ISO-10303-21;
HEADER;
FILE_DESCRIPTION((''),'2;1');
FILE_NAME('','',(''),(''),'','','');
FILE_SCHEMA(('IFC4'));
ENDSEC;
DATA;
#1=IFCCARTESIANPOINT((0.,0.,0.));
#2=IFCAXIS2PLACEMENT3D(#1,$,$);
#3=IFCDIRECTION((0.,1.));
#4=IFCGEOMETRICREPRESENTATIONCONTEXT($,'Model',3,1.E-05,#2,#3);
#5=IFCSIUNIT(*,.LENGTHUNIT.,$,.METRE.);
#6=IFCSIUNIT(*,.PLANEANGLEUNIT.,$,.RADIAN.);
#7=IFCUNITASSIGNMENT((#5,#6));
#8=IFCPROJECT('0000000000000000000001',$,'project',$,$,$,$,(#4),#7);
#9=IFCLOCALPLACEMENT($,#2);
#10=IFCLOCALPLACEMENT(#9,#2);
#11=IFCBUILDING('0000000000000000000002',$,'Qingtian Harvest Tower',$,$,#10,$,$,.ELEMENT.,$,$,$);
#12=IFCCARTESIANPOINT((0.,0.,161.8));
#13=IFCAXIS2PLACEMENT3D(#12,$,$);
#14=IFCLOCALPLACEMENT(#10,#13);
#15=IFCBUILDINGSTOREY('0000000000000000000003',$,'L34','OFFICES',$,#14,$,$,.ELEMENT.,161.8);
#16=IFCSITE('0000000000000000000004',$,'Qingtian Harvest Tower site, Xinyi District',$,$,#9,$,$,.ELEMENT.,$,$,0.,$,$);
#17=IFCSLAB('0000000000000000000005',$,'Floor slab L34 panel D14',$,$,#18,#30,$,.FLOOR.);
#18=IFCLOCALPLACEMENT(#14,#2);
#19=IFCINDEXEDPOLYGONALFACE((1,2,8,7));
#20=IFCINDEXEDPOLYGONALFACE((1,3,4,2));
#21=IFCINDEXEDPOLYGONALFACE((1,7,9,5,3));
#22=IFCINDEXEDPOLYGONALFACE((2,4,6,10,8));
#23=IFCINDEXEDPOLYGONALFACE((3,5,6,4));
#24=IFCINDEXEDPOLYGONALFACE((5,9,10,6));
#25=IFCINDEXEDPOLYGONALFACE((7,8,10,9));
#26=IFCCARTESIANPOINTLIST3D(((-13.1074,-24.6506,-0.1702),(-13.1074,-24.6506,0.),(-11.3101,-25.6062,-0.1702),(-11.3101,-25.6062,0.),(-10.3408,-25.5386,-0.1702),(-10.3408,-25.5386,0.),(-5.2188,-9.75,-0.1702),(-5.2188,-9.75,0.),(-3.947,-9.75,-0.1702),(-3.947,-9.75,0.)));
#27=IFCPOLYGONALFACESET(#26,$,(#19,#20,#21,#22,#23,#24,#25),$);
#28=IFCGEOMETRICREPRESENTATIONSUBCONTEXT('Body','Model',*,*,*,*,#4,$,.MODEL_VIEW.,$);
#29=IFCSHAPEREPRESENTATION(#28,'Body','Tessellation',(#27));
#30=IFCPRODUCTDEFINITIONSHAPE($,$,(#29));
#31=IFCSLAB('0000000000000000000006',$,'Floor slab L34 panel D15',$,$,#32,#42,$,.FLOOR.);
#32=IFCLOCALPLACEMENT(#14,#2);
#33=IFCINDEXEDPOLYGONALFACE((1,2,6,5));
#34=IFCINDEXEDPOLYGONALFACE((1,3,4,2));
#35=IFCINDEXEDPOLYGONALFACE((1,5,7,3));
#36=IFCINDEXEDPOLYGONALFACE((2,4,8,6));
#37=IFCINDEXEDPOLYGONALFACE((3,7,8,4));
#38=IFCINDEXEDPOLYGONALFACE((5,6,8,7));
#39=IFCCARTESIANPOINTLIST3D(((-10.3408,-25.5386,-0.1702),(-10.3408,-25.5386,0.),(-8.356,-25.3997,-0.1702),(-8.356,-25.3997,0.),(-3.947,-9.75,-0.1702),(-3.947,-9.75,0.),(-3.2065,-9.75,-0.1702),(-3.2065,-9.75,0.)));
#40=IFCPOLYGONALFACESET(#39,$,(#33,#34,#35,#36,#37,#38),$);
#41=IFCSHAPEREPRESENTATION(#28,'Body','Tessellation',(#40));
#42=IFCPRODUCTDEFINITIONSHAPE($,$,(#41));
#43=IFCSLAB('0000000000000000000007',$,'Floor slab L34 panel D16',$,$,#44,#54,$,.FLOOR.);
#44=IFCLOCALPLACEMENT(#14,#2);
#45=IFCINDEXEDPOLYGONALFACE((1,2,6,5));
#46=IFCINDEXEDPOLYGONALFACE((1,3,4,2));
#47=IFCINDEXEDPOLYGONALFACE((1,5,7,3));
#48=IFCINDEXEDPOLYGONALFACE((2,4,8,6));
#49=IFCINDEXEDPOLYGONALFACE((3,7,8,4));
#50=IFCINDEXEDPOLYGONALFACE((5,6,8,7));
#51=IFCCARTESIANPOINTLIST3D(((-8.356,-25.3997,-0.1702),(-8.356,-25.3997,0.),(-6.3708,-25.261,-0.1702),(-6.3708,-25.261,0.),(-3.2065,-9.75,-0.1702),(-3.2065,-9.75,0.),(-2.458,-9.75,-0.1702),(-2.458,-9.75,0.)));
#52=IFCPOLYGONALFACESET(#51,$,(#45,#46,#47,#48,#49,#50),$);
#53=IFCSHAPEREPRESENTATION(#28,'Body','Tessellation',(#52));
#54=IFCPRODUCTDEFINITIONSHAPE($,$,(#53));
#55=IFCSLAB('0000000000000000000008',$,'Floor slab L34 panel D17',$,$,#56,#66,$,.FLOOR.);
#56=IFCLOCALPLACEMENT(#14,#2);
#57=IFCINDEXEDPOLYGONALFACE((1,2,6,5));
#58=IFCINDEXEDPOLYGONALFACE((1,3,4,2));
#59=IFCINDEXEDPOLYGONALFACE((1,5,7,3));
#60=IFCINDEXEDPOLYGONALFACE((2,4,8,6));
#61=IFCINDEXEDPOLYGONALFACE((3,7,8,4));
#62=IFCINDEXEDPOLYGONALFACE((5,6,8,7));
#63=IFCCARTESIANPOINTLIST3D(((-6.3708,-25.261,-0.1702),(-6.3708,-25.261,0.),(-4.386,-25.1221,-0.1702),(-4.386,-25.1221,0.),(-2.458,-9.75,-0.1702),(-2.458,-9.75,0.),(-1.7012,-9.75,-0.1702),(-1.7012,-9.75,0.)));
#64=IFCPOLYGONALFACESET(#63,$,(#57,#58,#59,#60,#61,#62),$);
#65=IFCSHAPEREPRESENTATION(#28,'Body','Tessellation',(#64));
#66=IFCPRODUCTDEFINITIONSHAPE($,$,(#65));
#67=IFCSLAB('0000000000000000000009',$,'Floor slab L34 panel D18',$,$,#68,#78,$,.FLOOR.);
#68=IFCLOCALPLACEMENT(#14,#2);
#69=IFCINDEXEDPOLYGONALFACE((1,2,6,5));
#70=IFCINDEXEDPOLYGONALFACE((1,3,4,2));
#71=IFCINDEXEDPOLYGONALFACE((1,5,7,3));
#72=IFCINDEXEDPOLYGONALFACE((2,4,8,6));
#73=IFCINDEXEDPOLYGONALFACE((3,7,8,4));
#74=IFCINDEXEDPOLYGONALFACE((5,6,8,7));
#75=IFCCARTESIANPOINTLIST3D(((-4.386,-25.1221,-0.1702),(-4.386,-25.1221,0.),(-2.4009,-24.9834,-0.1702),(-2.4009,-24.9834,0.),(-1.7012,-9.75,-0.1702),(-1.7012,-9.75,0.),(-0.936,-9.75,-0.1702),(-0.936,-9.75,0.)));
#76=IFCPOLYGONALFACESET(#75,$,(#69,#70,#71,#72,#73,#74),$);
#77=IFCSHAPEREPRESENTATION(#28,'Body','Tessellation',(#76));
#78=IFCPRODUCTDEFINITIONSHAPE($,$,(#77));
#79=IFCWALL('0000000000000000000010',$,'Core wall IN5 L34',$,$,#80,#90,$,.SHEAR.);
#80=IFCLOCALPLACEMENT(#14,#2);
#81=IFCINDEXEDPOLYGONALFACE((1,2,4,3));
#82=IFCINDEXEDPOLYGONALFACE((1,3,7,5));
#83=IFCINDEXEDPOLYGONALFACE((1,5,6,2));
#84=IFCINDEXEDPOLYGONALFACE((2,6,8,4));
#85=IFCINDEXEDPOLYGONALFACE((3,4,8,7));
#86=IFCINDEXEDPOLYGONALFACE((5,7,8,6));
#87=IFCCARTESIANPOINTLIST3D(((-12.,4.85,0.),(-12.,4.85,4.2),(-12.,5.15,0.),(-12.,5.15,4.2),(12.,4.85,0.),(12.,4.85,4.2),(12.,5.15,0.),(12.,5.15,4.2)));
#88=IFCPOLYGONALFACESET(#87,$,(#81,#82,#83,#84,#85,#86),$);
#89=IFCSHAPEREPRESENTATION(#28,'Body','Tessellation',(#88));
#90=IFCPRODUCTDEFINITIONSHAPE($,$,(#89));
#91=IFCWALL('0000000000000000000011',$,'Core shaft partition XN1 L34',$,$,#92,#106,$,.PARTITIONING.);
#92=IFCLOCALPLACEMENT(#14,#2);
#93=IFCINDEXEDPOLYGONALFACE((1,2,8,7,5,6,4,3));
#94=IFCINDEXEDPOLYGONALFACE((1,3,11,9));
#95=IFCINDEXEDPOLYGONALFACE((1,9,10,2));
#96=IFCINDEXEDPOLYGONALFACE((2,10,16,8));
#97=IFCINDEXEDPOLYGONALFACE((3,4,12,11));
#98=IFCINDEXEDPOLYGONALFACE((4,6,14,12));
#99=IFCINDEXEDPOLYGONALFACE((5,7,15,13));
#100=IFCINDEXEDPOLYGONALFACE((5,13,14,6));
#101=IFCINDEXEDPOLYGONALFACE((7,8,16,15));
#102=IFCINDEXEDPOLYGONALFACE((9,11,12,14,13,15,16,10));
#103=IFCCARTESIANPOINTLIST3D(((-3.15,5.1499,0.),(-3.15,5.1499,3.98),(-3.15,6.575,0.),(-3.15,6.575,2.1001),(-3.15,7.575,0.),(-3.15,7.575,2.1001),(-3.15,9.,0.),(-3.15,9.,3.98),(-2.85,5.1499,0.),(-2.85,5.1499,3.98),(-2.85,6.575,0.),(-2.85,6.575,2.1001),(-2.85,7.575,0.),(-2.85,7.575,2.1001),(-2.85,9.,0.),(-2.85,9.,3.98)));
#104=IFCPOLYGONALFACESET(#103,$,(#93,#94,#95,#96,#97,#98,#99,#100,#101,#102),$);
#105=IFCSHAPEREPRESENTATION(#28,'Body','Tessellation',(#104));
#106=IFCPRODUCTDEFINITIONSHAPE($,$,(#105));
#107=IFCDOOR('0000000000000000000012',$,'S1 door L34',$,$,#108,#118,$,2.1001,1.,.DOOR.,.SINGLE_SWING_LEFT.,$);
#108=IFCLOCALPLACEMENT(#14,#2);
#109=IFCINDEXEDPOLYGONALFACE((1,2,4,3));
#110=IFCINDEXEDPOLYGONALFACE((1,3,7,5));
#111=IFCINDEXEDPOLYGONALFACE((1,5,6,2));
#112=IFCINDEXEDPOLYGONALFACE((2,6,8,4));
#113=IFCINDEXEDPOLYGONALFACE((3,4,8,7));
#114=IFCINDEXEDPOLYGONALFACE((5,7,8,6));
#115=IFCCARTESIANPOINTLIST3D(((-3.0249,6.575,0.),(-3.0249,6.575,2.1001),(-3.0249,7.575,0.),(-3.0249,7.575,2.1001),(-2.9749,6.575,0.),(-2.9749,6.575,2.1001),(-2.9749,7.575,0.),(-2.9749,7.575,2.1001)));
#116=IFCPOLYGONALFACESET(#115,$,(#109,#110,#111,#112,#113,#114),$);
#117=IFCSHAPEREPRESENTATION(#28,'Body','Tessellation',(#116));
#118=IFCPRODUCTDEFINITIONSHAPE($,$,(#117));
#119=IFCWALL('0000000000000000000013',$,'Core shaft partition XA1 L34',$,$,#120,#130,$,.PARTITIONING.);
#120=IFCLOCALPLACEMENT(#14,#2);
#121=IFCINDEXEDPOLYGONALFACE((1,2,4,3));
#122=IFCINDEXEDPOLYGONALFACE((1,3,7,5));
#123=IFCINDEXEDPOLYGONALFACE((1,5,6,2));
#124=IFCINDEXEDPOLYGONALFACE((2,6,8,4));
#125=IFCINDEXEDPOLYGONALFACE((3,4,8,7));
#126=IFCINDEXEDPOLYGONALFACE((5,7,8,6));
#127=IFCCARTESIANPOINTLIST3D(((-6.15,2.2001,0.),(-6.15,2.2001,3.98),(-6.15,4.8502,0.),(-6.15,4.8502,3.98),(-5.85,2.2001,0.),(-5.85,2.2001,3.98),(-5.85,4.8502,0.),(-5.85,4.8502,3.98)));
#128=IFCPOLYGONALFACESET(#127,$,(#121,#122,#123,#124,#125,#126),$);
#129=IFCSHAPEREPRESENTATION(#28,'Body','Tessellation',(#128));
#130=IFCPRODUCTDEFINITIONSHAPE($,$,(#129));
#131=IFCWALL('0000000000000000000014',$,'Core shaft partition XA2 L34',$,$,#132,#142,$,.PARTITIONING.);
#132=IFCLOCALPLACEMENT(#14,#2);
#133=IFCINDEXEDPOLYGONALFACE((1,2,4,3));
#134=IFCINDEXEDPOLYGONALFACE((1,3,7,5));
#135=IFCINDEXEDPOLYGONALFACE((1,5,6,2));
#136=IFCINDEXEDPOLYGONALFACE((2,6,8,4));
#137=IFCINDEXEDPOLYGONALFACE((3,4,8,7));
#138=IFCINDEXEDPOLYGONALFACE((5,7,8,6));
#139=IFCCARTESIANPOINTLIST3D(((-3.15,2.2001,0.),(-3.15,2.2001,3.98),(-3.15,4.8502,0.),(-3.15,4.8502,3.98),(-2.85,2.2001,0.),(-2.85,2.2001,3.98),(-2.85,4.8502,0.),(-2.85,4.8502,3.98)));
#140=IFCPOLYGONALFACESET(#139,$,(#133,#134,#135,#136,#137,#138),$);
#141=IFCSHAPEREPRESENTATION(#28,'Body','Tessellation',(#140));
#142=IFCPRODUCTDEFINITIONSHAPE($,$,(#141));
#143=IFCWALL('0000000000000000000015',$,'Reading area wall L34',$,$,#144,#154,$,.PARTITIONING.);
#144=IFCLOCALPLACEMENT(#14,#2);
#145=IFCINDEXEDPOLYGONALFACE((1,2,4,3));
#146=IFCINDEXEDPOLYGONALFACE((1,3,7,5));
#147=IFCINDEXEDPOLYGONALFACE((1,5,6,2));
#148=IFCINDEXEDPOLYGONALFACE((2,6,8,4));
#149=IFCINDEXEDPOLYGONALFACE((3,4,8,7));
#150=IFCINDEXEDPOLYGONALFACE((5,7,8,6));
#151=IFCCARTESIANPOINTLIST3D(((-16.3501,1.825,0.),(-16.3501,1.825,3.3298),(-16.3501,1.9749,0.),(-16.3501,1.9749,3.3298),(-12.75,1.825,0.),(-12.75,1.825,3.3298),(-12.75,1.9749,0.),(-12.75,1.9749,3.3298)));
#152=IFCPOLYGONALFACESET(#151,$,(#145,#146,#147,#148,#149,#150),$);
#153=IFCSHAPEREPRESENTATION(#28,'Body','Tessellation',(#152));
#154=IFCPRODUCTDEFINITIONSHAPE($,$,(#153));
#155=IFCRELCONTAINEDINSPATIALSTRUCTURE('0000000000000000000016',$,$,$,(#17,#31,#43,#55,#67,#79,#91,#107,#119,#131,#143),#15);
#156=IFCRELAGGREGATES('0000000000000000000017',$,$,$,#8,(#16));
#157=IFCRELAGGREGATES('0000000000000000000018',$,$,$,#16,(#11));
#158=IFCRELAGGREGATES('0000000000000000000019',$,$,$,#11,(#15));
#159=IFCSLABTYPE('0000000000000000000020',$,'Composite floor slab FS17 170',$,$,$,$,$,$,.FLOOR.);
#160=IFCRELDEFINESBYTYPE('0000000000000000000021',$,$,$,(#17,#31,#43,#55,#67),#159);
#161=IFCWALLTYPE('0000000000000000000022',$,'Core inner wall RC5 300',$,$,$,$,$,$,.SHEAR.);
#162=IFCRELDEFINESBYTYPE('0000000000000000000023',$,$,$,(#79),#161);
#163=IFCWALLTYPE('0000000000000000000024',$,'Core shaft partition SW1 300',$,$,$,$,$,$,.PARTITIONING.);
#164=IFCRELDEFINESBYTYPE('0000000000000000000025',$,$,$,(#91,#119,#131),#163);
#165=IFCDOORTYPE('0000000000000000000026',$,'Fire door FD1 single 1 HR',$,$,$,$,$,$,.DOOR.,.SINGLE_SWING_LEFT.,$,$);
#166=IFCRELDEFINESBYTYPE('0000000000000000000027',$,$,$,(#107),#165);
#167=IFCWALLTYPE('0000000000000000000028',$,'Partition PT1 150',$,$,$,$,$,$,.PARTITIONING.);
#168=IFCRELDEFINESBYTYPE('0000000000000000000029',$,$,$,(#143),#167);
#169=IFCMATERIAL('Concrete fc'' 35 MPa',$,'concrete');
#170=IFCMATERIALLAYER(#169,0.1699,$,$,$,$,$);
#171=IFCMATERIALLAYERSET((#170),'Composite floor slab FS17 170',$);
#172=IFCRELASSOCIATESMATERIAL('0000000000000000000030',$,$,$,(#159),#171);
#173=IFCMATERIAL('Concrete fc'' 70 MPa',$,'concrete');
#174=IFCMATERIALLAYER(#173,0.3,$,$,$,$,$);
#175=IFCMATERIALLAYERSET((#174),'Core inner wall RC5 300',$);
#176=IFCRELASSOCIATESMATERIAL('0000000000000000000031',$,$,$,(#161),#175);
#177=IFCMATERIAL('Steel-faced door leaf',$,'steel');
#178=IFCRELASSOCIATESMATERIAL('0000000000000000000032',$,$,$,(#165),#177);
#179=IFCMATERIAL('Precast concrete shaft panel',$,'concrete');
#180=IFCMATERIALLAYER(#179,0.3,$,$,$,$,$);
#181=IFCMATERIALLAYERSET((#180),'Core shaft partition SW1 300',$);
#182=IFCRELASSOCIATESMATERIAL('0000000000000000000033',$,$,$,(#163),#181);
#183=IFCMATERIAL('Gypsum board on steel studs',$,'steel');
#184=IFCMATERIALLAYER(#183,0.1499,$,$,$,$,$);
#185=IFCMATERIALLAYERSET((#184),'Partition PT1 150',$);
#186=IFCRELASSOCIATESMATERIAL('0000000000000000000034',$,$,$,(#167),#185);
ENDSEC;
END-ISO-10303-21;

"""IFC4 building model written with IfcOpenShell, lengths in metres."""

from ifc_helpers import new_model, si_unit, direction, frame, frame_2d, origin, place, context, subcontext, project, spatial, polyline, rectangle, outline, extrude, material, layer, layer_set, type_object, element, fill, save


model = new_model("IFC4")

# Units and contexts
model_context = context("Model", 3, precision=1e-05, world=origin(), true_north=direction((0.0, 1.0)))
body_context = subcontext(model_context, "Body", "Model", "MODEL_VIEW")
ifc_project = project(units=[si_unit("LENGTHUNIT", "METRE"), si_unit("PLANEANGLEUNIT", "RADIAN")], contexts=[model_context])

# Site, building, storey
site_placement = place(None, origin())
site = spatial("IfcSite", under=ifc_project, at=site_placement, Name="Qingtian Harvest Tower site, Xinyi District", CompositionType="ELEMENT", RefElevation=0.0)
building_placement = place(site_placement, origin())
building = spatial("IfcBuilding", under=site, at=building_placement, Name="Qingtian Harvest Tower", CompositionType="ELEMENT")
storey_placement = place(building_placement, frame((0.0, 0.0, 161.8)))
storey = spatial("IfcBuildingStorey", under=building, at=storey_placement, Name="L34", Description="OFFICES", CompositionType="ELEMENT", Elevation=161.8)

# Slabs
ifc_material_1 = material(Name="Concrete fc' 35 MPa", Category="concrete")
ifc_layer_1 = layer(ifc_material_1, 0.1699)
ifc_layer_set_1 = layer_set([ifc_layer_1], Name="Composite floor slab FS17 170")
slab_type = type_object("IfcSlabType", Name="Composite floor slab FS17 170", PredefinedType="FLOOR", material=ifc_layer_set_1)
slab_1_placement = place(storey_placement, frame((0.0, 0.0, -0.1702)))
element("IfcSlab", 1, at=slab_1_placement, inside=storey, type_object=slab_type, Name="Floor slab L34 panel D14", PredefinedType="FLOOR", context=body_context, shape_type="SweptSolid", body=[
    extrude(outline(polyline([(-5.2188, -9.75), (-3.947, -9.75), (-10.3408, -25.5386), (-11.3101, -25.6062), (-13.1074, -24.6506), (-5.2188, -9.75)])), origin(), (0.0, 0.0, 1.0), 0.1702),
])
slab_2_placement = place(storey_placement, frame((0.0, 0.0, -0.1702)))
element("IfcSlab", 2, at=slab_2_placement, inside=storey, type_object=slab_type, Name="Floor slab L34 panel D15", PredefinedType="FLOOR", context=body_context, shape_type="SweptSolid", body=[
    extrude(outline(polyline([(-3.2065, -9.75), (-8.356, -25.3997), (-10.3408, -25.5386), (-3.947, -9.75), (-3.2065, -9.75)])), origin(), (0.0, 0.0, 1.0), 0.1702),
])
slab_3_placement = place(storey_placement, frame((0.0, 0.0, -0.1702)))
element("IfcSlab", 3, at=slab_3_placement, inside=storey, type_object=slab_type, Name="Floor slab L34 panel D16", PredefinedType="FLOOR", context=body_context, shape_type="SweptSolid", body=[
    extrude(outline(polyline([(-2.458, -9.75), (-6.3708, -25.261), (-8.356, -25.3997), (-3.2065, -9.75), (-2.458, -9.75)])), origin(), (0.0, 0.0, 1.0), 0.1702),
])
slab_4_placement = place(storey_placement, frame((0.0, 0.0, -0.1702)))
element("IfcSlab", 4, at=slab_4_placement, inside=storey, type_object=slab_type, Name="Floor slab L34 panel D17", PredefinedType="FLOOR", context=body_context, shape_type="SweptSolid", body=[
    extrude(outline(polyline([(-1.7012, -9.75), (-4.386, -25.1221), (-6.3708, -25.261), (-2.458, -9.75), (-1.7012, -9.75)])), origin(), (0.0, 0.0, 1.0), 0.1702),
])
slab_5_placement = place(storey_placement, frame((0.0, 0.0, -0.1702)))
element("IfcSlab", 5, at=slab_5_placement, inside=storey, type_object=slab_type, Name="Floor slab L34 panel D18", PredefinedType="FLOOR", context=body_context, shape_type="SweptSolid", body=[
    extrude(outline(polyline([(-0.936, -9.75), (-2.4009, -24.9834), (-4.386, -25.1221), (-1.7012, -9.75), (-0.936, -9.75)])), origin(), (0.0, 0.0, 1.0), 0.1702),
])

# Wall
ifc_material_2 = material(Name="Concrete fc' 70 MPa", Category="concrete")
ifc_layer_2 = layer(ifc_material_2, 0.3)
ifc_layer_set_2 = layer_set([ifc_layer_2], Name="Core inner wall RC5 300")
wall_type_1 = type_object("IfcWallType", Name="Core inner wall RC5 300", PredefinedType="SHEAR", material=ifc_layer_set_2)
wall_1_placement = place(storey_placement, frame((-12.0, 5.0, 0.0), z_axis=(0.0, 0.0, 1.0), x_axis=(1.0, 0.0, 0.0)))
element("IfcWall", 6, at=wall_1_placement, inside=storey, type_object=wall_type_1, Name="Core wall IN5 L34", PredefinedType="SHEAR", context=body_context, shape_type="SweptSolid", body=[
    extrude(rectangle(XDim=24.0, YDim=0.3, at=frame_2d((12.0, 0.0))), origin(), (0.0, 0.0, 1.0), 4.2),
])

# Shared definitions
ifc_material_3 = material(Name="Steel-faced door leaf", Category="steel")
door_type_1 = type_object("IfcDoorType", Name="Fire door FD1 single 1 HR", OperationType="SINGLE_SWING_LEFT", PredefinedType="DOOR", material=ifc_material_3)

# Wall, opening, door
ifc_material_4 = material(Name="Precast concrete shaft panel", Category="concrete")
ifc_layer_3 = layer(ifc_material_4, 0.3)
ifc_layer_set_3 = layer_set([ifc_layer_3], Name="Core shaft partition SW1 300")
wall_type_2 = type_object("IfcWallType", Name="Core shaft partition SW1 300", PredefinedType="PARTITIONING", material=ifc_layer_set_3)
wall_2_placement = place(storey_placement, frame((-3.0, 5.1499, 0.0), z_axis=(0.0, 0.0, 1.0), x_axis=(0.0, 1.0, 0.0)))
wall_2 = element("IfcWall", 7, at=wall_2_placement, inside=storey, type_object=wall_type_2, Name="Core shaft partition XN1 L34", PredefinedType="PARTITIONING", context=body_context, shape_type="SweptSolid", body=[
    extrude(rectangle(XDim=3.8501, YDim=0.3, at=frame_2d((1.925, 0.0))), origin(), (0.0, 0.0, 1.0), 3.98),
])
opening_1_placement = place(wall_2_placement, frame((1.425, 0.0, 0.0)))
opening_1 = element("IfcOpeningElement", 8, at=opening_1_placement, cuts=wall_2, PredefinedType="OPENING", context=body_context, shape_type="SweptSolid", body=[
    extrude(rectangle(XDim=1.0, YDim=2.1001, at=frame_2d((0.5, 1.05))), frame((0.0, 0.1599, 0.0), z_axis=(0.0, -1.0, 0.0), x_axis=(1.0, 0.0, 0.0)), (0.0, 0.0, 1.0), 0.3201),
])
door_1_placement = place(opening_1_placement, origin())
door_1 = element("IfcDoor", 9, at=door_1_placement, inside=storey, type_object=door_type_1, Name="S1 door L34", OperationType="SINGLE_SWING_LEFT", OverallHeight=2.1001, OverallWidth=1.0, PredefinedType="DOOR", context=body_context, shape_type="SweptSolid", body=[
    extrude(rectangle(XDim=1.0, YDim=2.1001, at=frame_2d((0.5, 1.05))), frame((0.0, 0.0249, 0.0), z_axis=(0.0, -1.0, 0.0), x_axis=(1.0, 0.0, 0.0)), (0.0, 0.0, 1.0), 0.05),
])
fill(opening_1, door_1)

# Walls
for number, where, z_axis, x_axis, name in (
    (10, (-6.0, 2.2, 0.0), (0.0, 0.0, 1.0), (0.0, 1.0, 0.0), "Core shaft partition XA1 L34"),
    (11, (-3.0, 2.2, 0.0), (0.0, 0.0, 1.0), (0.0, 1.0, 0.0), "Core shaft partition XA2 L34"),
):
    element("IfcWall", number, at=place(storey_placement, frame(where, z_axis=z_axis, x_axis=x_axis)), inside=storey, type_object=wall_type_2, Name=name, PredefinedType="PARTITIONING", context=body_context, shape_type="SweptSolid", body=[
        extrude(rectangle(XDim=2.6501, YDim=0.3, at=frame_2d((1.3252, 0.0))), origin(), (0.0, 0.0, 1.0), 3.98),
    ])
ifc_material_5 = material(Name="Gypsum board on steel studs", Category="steel")
ifc_layer_4 = layer(ifc_material_5, 0.1499)
ifc_layer_set_4 = layer_set([ifc_layer_4], Name="Partition PT1 150")
wall_type_3 = type_object("IfcWallType", Name="Partition PT1 150", PredefinedType="PARTITIONING", material=ifc_layer_set_4)
wall_3_placement = place(storey_placement, frame((-12.75, 1.8999, 0.0), z_axis=(0.0, 0.0, 1.0), x_axis=(-1.0, 0.0, 0.0)))
element("IfcWall", 12, at=wall_3_placement, inside=storey, type_object=wall_type_3, Name="Reading area wall L34", PredefinedType="PARTITIONING", context=body_context, shape_type="SweptSolid", body=[
    extrude(rectangle(XDim=3.6001, YDim=0.1499, at=frame_2d((1.8, 0.0))), origin(), (0.0, 0.0, 1.0), 3.3298),
])

save(model, "model.ifc")
